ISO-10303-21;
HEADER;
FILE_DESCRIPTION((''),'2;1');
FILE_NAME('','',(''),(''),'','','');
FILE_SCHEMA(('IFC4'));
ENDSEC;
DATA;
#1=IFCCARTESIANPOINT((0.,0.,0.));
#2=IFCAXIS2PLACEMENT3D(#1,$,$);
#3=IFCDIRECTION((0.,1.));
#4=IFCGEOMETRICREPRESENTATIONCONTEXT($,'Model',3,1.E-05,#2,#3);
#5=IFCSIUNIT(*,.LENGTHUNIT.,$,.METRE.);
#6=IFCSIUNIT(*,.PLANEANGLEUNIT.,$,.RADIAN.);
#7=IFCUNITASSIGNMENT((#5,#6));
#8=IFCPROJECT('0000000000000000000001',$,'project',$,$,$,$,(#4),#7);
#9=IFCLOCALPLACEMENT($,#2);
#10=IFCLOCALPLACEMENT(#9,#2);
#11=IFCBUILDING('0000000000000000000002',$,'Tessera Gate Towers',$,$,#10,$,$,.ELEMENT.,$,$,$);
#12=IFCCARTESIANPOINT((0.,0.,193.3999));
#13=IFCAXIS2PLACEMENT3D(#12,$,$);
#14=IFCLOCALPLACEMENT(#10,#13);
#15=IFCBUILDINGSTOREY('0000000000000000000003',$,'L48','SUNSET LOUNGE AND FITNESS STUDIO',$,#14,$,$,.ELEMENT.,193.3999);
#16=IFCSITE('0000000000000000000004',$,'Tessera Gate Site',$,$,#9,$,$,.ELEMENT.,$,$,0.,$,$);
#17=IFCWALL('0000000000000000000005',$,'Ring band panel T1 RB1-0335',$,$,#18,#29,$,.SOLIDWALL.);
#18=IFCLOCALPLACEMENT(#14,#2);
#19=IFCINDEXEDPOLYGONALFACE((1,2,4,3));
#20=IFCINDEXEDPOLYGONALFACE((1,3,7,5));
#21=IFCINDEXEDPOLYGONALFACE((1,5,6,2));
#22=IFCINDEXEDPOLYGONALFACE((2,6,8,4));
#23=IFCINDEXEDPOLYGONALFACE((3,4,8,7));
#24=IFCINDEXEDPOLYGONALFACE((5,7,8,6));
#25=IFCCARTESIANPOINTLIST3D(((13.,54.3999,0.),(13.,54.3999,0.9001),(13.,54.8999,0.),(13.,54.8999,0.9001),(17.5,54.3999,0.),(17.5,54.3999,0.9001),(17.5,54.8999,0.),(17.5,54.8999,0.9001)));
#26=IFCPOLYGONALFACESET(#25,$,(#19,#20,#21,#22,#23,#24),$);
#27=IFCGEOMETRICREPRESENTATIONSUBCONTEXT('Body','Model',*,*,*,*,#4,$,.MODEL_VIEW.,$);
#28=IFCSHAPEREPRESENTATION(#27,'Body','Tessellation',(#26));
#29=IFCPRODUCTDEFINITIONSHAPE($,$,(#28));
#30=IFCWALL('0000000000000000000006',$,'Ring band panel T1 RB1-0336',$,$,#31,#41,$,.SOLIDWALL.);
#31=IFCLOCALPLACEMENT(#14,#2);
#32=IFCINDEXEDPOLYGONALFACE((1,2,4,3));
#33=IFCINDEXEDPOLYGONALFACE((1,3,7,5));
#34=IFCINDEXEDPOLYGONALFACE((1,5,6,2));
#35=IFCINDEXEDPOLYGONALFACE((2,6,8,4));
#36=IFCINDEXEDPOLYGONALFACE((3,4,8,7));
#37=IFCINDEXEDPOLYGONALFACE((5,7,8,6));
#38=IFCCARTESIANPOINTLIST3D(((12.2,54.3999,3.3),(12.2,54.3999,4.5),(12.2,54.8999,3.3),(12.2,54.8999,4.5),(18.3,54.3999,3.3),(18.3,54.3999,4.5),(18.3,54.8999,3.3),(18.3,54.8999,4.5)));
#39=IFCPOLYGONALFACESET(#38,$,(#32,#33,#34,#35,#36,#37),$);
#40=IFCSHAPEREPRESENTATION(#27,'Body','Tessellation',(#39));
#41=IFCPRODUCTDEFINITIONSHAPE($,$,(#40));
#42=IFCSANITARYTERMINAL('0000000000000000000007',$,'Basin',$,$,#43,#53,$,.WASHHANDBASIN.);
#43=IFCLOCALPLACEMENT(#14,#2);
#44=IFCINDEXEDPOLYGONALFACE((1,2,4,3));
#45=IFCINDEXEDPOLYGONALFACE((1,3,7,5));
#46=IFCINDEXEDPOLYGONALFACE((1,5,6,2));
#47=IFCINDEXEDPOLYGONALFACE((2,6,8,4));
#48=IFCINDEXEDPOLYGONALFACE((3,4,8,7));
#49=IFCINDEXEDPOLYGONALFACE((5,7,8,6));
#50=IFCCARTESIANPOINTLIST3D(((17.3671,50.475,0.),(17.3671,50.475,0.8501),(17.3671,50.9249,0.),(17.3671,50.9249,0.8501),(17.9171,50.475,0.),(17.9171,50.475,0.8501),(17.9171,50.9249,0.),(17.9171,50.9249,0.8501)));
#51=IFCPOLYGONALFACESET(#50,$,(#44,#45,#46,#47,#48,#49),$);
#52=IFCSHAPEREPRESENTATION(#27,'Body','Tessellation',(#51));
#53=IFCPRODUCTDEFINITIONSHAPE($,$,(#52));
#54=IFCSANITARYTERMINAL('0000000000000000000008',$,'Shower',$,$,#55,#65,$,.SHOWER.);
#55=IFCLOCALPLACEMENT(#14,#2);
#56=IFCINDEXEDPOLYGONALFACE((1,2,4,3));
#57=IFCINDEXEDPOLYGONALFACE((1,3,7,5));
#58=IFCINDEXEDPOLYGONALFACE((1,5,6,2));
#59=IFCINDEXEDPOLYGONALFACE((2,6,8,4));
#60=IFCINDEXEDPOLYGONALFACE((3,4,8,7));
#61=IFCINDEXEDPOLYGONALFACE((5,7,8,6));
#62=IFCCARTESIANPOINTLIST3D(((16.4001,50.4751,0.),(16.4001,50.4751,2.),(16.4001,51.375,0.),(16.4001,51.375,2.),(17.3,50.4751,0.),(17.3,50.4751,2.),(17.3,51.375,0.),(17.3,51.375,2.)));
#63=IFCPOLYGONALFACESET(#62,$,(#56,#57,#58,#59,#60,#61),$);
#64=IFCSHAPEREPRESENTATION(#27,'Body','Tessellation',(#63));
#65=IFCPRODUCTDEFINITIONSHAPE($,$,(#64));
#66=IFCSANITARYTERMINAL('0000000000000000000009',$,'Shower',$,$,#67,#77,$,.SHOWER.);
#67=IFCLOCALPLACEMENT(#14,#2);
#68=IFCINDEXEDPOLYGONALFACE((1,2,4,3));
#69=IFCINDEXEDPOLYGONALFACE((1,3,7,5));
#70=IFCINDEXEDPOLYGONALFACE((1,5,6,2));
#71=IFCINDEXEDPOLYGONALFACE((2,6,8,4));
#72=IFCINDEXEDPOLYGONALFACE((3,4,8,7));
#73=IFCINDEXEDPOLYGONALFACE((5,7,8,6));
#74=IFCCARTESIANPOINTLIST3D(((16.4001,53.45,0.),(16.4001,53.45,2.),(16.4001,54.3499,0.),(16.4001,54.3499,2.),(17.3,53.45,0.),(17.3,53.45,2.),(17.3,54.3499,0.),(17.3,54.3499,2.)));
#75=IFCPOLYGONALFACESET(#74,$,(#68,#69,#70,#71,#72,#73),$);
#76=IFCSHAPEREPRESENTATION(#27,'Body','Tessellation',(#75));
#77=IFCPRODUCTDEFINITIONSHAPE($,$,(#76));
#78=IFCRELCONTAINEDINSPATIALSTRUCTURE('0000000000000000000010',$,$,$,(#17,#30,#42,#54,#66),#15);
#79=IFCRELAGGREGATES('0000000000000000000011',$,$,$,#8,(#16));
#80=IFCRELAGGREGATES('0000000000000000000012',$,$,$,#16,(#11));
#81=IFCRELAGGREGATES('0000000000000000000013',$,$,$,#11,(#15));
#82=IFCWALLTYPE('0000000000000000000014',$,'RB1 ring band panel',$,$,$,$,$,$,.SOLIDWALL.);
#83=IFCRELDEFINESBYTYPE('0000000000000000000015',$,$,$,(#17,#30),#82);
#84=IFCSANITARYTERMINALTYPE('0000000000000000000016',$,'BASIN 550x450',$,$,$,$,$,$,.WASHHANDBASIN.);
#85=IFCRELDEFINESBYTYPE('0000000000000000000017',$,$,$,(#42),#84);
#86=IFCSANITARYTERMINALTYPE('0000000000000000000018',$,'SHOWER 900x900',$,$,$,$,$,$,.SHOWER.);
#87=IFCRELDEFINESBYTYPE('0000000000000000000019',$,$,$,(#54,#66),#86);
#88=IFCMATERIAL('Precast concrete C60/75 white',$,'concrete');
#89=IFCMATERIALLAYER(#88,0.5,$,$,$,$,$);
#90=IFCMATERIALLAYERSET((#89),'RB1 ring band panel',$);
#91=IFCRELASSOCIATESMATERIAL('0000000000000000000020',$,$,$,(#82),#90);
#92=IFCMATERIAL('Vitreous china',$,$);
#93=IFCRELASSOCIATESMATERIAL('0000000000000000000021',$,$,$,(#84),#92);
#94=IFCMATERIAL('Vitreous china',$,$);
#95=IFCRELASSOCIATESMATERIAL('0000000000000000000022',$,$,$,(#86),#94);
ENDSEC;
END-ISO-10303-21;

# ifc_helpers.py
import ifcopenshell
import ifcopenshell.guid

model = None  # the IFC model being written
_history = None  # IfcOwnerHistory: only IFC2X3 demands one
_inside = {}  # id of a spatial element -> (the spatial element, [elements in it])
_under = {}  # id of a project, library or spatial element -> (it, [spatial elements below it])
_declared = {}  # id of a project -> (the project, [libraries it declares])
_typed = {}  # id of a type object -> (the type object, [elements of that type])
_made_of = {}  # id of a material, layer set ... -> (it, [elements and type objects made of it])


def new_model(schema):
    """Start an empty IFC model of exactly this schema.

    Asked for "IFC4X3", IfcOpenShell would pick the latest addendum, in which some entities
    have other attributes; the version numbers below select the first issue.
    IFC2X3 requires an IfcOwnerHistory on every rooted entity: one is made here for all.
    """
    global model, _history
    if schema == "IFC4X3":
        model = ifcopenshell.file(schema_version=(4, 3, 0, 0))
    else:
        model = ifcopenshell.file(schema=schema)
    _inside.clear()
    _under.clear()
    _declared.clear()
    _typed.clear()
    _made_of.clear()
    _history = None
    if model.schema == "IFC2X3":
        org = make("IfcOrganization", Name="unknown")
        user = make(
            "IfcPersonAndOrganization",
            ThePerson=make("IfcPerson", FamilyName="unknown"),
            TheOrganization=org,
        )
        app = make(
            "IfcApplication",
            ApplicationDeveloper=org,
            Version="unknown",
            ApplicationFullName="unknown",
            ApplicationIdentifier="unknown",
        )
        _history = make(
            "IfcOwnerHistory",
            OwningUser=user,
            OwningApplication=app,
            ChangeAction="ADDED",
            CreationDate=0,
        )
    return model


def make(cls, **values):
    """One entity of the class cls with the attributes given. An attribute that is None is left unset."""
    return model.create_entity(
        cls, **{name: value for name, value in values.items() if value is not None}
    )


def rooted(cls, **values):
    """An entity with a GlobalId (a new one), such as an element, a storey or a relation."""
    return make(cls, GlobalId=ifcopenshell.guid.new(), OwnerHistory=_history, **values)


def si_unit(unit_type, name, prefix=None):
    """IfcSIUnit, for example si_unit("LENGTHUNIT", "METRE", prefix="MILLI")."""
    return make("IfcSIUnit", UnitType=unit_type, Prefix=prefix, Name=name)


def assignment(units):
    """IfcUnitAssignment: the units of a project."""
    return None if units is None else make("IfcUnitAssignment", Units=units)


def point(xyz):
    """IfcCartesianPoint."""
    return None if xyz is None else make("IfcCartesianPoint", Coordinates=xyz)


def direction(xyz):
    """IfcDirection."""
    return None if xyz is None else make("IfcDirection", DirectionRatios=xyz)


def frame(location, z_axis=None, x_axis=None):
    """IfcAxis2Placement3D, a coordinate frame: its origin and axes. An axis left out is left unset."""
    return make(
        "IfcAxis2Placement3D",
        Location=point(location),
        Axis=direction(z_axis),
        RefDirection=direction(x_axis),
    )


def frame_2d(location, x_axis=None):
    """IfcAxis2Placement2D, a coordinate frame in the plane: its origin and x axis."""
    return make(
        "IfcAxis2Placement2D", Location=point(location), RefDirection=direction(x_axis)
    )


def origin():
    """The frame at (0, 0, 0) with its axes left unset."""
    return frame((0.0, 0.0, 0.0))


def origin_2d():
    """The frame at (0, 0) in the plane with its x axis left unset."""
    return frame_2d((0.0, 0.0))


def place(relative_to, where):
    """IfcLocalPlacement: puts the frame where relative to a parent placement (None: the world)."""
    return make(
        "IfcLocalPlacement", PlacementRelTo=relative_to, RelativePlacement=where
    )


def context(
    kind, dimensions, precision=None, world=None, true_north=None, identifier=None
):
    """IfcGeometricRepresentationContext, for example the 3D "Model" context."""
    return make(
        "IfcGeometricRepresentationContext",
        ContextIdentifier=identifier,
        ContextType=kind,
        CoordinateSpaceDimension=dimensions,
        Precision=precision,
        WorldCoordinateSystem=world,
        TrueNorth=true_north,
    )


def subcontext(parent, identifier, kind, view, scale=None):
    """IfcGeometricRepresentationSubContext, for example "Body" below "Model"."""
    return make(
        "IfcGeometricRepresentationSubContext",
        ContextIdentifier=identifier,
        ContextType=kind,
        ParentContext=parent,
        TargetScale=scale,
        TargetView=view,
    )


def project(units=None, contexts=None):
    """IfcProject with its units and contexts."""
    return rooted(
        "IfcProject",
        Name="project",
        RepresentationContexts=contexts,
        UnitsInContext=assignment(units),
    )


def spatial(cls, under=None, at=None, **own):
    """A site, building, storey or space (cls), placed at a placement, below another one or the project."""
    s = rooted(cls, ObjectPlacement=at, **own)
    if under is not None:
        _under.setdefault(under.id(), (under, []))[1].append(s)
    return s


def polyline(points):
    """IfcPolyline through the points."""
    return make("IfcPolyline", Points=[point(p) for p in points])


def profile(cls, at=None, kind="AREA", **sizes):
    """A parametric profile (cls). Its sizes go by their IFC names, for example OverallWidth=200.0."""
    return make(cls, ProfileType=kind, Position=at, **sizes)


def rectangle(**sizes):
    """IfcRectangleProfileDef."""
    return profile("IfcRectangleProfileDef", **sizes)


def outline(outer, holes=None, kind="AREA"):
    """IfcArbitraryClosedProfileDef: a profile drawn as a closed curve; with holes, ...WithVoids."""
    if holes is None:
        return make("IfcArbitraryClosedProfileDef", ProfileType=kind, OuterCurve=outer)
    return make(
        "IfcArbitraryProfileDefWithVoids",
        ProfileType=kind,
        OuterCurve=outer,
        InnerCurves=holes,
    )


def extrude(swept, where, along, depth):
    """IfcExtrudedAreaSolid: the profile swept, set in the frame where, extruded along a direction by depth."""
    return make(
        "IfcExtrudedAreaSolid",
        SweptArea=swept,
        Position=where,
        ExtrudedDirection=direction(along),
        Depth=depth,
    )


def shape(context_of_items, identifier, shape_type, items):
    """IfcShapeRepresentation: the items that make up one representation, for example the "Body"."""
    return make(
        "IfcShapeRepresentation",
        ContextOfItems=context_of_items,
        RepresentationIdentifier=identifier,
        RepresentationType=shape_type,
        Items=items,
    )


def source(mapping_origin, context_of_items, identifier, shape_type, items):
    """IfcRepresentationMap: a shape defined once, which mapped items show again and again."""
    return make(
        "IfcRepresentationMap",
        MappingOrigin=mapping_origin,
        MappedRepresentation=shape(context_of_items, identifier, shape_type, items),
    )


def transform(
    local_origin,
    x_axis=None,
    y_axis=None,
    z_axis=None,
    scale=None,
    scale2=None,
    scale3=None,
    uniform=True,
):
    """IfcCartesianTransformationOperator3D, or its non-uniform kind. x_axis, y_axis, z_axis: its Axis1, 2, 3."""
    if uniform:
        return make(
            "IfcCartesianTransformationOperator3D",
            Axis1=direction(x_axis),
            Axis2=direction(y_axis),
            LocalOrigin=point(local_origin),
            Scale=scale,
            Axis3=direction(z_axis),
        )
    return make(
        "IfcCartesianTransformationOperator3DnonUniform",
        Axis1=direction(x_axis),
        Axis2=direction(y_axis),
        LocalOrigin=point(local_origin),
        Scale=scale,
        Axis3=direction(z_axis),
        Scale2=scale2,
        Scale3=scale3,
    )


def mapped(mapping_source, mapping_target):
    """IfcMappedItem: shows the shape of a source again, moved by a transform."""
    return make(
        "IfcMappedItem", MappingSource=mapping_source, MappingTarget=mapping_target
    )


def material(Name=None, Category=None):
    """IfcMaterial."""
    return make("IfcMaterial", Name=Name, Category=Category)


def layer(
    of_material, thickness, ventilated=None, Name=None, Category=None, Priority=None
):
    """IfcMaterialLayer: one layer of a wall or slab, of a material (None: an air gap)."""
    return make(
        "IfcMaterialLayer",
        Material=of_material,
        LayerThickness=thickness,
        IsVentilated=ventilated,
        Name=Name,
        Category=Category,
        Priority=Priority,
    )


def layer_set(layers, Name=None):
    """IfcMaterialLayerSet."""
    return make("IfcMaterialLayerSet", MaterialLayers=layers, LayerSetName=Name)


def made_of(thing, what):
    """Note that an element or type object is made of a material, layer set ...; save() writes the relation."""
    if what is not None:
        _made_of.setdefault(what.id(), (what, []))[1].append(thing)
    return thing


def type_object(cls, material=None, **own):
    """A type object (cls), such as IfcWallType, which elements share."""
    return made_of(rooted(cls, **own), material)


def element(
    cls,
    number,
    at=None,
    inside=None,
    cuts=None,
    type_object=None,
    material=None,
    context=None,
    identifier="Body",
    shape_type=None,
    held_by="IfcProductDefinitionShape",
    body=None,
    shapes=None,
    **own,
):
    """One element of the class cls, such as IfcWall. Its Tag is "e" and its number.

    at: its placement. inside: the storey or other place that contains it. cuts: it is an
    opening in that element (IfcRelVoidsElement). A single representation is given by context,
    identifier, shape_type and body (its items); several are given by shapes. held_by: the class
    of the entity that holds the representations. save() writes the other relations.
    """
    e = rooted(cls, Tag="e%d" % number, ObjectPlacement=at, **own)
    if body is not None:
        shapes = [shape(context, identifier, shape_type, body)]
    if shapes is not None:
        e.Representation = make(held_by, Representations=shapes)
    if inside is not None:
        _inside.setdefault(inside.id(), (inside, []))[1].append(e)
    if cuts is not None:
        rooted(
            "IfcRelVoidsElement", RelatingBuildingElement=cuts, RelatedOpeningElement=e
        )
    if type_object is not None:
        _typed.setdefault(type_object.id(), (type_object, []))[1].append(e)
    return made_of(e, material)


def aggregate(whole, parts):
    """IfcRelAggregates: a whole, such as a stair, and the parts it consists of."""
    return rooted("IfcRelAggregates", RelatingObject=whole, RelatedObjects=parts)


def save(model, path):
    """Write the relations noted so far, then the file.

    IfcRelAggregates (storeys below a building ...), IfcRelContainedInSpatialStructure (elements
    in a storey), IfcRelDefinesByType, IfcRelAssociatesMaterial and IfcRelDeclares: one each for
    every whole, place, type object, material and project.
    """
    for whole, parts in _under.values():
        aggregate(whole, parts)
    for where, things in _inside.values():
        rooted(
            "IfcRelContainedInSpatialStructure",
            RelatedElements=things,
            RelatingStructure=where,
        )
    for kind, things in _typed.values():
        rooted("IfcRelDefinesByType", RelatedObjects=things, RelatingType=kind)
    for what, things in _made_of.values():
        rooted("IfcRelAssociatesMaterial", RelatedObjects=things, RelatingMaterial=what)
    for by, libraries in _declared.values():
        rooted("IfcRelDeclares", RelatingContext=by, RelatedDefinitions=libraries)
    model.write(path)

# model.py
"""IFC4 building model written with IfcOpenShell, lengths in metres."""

from ifc_helpers import new_model, si_unit, direction, frame, origin, origin_2d, place, context, subcontext, project, spatial, polyline, rectangle, outline, extrude, source, transform, mapped, material, layer, layer_set, type_object, element, save


model = new_model("IFC4")

# Units and contexts
model_context = context("Model", 3, precision=1e-05, world=origin(), true_north=direction((0.0, 1.0)))
body_context = subcontext(model_context, "Body", "Model", "MODEL_VIEW")
ifc_project = project(units=[si_unit("LENGTHUNIT", "METRE"), si_unit("PLANEANGLEUNIT", "RADIAN")], contexts=[model_context])

# Site, building, storey
site_placement = place(None, origin())
site = spatial("IfcSite", under=ifc_project, at=site_placement, Name="Tessera Gate Site", CompositionType="ELEMENT", RefElevation=0.0)
building_placement = place(site_placement, origin())
building = spatial("IfcBuilding", under=site, at=building_placement, Name="Tessera Gate Towers", CompositionType="ELEMENT")
storey_placement = place(building_placement, frame((0.0, 0.0, 193.3999)))
storey = spatial("IfcBuildingStorey", under=building, at=storey_placement, Name="L48", Description="SUNSET LOUNGE AND FITNESS STUDIO", CompositionType="ELEMENT", Elevation=193.3999)

# Walls
ifc_material_1 = material(Name="Precast concrete C60/75 white", Category="concrete")
ifc_layer_1 = layer(ifc_material_1, 0.5)
ifc_layer_set_1 = layer_set([ifc_layer_1], Name="RB1 ring band panel")
wall_type_1 = type_object("IfcWallType", Name="RB1 ring band panel", PredefinedType="SOLIDWALL", material=ifc_layer_set_1)
shared_shape_1 = source(origin(), body_context, "Body", "SweptSolid", [
    extrude(outline(polyline([(0.0, 0.0), (4.5, 0.0), (4.5, 0.9001), (0.0, 0.9001), (0.0, 0.0)])), frame((0.0, 0.25, 0.0), z_axis=(0.0, -1.0, 0.0), x_axis=(1.0, 0.0, 0.0)), (0.0, 0.0, 1.0), 0.5),
])
wall_1_placement = place(storey_placement, frame((17.5, 54.6499, 0.0), z_axis=(0.0, 0.0, 1.0), x_axis=(-1.0, 0.0, 0.0)))
element("IfcWall", 1, at=wall_1_placement, inside=storey, type_object=wall_type_1, Name="Ring band panel T1 RB1-0335", PredefinedType="SOLIDWALL", context=body_context, shape_type="MappedRepresentation", body=[
    mapped(shared_shape_1, transform((0.0, 0.0, 0.0), scale=1.0)),
])
shared_shape_2 = source(origin(), body_context, "Body", "SweptSolid", [
    extrude(outline(polyline([(0.0, 0.0), (6.1001, 0.0), (6.1001, 1.2), (0.0, 1.2), (0.0, 0.0)])), frame((0.0, 0.25, 0.0), z_axis=(0.0, -1.0, 0.0), x_axis=(1.0, 0.0, 0.0)), (0.0, 0.0, 1.0), 0.5),
])
wall_2_placement = place(storey_placement, frame((18.3, 54.6499, 3.3), z_axis=(0.0, 0.0, 1.0), x_axis=(-1.0, 0.0, 0.0)))
element("IfcWall", 2, at=wall_2_placement, inside=storey, type_object=wall_type_1, Name="Ring band panel T1 RB1-0336", PredefinedType="SOLIDWALL", context=body_context, shape_type="MappedRepresentation", body=[
    mapped(shared_shape_2, transform((0.0, 0.0, 0.0), scale=1.0)),
])

# Sanitary terminals
ifc_material_2 = material(Name="Vitreous china")
sanitary_terminal_type_1 = type_object("IfcSanitaryTerminalType", Name="BASIN 550x450", PredefinedType="WASHHANDBASIN", material=ifc_material_2)
sanitary_terminal_placement = place(storey_placement, frame((17.6421, 50.7, 0.0), z_axis=(0.0, 0.0, 1.0), x_axis=(1.0, 0.0, 0.0)))
element("IfcSanitaryTerminal", 3, at=sanitary_terminal_placement, inside=storey, type_object=sanitary_terminal_type_1, Name="Basin", PredefinedType="WASHHANDBASIN", context=body_context, shape_type="SweptSolid", body=[
    extrude(rectangle(XDim=0.55, YDim=0.45, at=origin_2d()), origin(), (0.0, 0.0, 1.0), 0.8501),
])
ifc_material_3 = material(Name="Vitreous china")
sanitary_terminal_type_2 = type_object("IfcSanitaryTerminalType", Name="SHOWER 900x900", PredefinedType="SHOWER", material=ifc_material_3)
for number, where, z_axis, x_axis, name in (
    (4, (16.8501, 50.925, 0.0), (0.0, 0.0, 1.0), (1.0, 0.0, 0.0), "Shower"),
    (5, (16.8501, 53.8999, 0.0), (0.0, 0.0, 1.0), (1.0, 0.0, 0.0), "Shower"),
):
    element("IfcSanitaryTerminal", number, at=place(storey_placement, frame(where, z_axis=z_axis, x_axis=x_axis)), inside=storey, type_object=sanitary_terminal_type_2, Name=name, PredefinedType="SHOWER", context=body_context, shape_type="SweptSolid", body=[
        extrude(rectangle(XDim=0.8999, YDim=0.8999, at=origin_2d()), origin(), (0.0, 0.0, 1.0), 2.0),
    ])

save(model, "model.ifc")
